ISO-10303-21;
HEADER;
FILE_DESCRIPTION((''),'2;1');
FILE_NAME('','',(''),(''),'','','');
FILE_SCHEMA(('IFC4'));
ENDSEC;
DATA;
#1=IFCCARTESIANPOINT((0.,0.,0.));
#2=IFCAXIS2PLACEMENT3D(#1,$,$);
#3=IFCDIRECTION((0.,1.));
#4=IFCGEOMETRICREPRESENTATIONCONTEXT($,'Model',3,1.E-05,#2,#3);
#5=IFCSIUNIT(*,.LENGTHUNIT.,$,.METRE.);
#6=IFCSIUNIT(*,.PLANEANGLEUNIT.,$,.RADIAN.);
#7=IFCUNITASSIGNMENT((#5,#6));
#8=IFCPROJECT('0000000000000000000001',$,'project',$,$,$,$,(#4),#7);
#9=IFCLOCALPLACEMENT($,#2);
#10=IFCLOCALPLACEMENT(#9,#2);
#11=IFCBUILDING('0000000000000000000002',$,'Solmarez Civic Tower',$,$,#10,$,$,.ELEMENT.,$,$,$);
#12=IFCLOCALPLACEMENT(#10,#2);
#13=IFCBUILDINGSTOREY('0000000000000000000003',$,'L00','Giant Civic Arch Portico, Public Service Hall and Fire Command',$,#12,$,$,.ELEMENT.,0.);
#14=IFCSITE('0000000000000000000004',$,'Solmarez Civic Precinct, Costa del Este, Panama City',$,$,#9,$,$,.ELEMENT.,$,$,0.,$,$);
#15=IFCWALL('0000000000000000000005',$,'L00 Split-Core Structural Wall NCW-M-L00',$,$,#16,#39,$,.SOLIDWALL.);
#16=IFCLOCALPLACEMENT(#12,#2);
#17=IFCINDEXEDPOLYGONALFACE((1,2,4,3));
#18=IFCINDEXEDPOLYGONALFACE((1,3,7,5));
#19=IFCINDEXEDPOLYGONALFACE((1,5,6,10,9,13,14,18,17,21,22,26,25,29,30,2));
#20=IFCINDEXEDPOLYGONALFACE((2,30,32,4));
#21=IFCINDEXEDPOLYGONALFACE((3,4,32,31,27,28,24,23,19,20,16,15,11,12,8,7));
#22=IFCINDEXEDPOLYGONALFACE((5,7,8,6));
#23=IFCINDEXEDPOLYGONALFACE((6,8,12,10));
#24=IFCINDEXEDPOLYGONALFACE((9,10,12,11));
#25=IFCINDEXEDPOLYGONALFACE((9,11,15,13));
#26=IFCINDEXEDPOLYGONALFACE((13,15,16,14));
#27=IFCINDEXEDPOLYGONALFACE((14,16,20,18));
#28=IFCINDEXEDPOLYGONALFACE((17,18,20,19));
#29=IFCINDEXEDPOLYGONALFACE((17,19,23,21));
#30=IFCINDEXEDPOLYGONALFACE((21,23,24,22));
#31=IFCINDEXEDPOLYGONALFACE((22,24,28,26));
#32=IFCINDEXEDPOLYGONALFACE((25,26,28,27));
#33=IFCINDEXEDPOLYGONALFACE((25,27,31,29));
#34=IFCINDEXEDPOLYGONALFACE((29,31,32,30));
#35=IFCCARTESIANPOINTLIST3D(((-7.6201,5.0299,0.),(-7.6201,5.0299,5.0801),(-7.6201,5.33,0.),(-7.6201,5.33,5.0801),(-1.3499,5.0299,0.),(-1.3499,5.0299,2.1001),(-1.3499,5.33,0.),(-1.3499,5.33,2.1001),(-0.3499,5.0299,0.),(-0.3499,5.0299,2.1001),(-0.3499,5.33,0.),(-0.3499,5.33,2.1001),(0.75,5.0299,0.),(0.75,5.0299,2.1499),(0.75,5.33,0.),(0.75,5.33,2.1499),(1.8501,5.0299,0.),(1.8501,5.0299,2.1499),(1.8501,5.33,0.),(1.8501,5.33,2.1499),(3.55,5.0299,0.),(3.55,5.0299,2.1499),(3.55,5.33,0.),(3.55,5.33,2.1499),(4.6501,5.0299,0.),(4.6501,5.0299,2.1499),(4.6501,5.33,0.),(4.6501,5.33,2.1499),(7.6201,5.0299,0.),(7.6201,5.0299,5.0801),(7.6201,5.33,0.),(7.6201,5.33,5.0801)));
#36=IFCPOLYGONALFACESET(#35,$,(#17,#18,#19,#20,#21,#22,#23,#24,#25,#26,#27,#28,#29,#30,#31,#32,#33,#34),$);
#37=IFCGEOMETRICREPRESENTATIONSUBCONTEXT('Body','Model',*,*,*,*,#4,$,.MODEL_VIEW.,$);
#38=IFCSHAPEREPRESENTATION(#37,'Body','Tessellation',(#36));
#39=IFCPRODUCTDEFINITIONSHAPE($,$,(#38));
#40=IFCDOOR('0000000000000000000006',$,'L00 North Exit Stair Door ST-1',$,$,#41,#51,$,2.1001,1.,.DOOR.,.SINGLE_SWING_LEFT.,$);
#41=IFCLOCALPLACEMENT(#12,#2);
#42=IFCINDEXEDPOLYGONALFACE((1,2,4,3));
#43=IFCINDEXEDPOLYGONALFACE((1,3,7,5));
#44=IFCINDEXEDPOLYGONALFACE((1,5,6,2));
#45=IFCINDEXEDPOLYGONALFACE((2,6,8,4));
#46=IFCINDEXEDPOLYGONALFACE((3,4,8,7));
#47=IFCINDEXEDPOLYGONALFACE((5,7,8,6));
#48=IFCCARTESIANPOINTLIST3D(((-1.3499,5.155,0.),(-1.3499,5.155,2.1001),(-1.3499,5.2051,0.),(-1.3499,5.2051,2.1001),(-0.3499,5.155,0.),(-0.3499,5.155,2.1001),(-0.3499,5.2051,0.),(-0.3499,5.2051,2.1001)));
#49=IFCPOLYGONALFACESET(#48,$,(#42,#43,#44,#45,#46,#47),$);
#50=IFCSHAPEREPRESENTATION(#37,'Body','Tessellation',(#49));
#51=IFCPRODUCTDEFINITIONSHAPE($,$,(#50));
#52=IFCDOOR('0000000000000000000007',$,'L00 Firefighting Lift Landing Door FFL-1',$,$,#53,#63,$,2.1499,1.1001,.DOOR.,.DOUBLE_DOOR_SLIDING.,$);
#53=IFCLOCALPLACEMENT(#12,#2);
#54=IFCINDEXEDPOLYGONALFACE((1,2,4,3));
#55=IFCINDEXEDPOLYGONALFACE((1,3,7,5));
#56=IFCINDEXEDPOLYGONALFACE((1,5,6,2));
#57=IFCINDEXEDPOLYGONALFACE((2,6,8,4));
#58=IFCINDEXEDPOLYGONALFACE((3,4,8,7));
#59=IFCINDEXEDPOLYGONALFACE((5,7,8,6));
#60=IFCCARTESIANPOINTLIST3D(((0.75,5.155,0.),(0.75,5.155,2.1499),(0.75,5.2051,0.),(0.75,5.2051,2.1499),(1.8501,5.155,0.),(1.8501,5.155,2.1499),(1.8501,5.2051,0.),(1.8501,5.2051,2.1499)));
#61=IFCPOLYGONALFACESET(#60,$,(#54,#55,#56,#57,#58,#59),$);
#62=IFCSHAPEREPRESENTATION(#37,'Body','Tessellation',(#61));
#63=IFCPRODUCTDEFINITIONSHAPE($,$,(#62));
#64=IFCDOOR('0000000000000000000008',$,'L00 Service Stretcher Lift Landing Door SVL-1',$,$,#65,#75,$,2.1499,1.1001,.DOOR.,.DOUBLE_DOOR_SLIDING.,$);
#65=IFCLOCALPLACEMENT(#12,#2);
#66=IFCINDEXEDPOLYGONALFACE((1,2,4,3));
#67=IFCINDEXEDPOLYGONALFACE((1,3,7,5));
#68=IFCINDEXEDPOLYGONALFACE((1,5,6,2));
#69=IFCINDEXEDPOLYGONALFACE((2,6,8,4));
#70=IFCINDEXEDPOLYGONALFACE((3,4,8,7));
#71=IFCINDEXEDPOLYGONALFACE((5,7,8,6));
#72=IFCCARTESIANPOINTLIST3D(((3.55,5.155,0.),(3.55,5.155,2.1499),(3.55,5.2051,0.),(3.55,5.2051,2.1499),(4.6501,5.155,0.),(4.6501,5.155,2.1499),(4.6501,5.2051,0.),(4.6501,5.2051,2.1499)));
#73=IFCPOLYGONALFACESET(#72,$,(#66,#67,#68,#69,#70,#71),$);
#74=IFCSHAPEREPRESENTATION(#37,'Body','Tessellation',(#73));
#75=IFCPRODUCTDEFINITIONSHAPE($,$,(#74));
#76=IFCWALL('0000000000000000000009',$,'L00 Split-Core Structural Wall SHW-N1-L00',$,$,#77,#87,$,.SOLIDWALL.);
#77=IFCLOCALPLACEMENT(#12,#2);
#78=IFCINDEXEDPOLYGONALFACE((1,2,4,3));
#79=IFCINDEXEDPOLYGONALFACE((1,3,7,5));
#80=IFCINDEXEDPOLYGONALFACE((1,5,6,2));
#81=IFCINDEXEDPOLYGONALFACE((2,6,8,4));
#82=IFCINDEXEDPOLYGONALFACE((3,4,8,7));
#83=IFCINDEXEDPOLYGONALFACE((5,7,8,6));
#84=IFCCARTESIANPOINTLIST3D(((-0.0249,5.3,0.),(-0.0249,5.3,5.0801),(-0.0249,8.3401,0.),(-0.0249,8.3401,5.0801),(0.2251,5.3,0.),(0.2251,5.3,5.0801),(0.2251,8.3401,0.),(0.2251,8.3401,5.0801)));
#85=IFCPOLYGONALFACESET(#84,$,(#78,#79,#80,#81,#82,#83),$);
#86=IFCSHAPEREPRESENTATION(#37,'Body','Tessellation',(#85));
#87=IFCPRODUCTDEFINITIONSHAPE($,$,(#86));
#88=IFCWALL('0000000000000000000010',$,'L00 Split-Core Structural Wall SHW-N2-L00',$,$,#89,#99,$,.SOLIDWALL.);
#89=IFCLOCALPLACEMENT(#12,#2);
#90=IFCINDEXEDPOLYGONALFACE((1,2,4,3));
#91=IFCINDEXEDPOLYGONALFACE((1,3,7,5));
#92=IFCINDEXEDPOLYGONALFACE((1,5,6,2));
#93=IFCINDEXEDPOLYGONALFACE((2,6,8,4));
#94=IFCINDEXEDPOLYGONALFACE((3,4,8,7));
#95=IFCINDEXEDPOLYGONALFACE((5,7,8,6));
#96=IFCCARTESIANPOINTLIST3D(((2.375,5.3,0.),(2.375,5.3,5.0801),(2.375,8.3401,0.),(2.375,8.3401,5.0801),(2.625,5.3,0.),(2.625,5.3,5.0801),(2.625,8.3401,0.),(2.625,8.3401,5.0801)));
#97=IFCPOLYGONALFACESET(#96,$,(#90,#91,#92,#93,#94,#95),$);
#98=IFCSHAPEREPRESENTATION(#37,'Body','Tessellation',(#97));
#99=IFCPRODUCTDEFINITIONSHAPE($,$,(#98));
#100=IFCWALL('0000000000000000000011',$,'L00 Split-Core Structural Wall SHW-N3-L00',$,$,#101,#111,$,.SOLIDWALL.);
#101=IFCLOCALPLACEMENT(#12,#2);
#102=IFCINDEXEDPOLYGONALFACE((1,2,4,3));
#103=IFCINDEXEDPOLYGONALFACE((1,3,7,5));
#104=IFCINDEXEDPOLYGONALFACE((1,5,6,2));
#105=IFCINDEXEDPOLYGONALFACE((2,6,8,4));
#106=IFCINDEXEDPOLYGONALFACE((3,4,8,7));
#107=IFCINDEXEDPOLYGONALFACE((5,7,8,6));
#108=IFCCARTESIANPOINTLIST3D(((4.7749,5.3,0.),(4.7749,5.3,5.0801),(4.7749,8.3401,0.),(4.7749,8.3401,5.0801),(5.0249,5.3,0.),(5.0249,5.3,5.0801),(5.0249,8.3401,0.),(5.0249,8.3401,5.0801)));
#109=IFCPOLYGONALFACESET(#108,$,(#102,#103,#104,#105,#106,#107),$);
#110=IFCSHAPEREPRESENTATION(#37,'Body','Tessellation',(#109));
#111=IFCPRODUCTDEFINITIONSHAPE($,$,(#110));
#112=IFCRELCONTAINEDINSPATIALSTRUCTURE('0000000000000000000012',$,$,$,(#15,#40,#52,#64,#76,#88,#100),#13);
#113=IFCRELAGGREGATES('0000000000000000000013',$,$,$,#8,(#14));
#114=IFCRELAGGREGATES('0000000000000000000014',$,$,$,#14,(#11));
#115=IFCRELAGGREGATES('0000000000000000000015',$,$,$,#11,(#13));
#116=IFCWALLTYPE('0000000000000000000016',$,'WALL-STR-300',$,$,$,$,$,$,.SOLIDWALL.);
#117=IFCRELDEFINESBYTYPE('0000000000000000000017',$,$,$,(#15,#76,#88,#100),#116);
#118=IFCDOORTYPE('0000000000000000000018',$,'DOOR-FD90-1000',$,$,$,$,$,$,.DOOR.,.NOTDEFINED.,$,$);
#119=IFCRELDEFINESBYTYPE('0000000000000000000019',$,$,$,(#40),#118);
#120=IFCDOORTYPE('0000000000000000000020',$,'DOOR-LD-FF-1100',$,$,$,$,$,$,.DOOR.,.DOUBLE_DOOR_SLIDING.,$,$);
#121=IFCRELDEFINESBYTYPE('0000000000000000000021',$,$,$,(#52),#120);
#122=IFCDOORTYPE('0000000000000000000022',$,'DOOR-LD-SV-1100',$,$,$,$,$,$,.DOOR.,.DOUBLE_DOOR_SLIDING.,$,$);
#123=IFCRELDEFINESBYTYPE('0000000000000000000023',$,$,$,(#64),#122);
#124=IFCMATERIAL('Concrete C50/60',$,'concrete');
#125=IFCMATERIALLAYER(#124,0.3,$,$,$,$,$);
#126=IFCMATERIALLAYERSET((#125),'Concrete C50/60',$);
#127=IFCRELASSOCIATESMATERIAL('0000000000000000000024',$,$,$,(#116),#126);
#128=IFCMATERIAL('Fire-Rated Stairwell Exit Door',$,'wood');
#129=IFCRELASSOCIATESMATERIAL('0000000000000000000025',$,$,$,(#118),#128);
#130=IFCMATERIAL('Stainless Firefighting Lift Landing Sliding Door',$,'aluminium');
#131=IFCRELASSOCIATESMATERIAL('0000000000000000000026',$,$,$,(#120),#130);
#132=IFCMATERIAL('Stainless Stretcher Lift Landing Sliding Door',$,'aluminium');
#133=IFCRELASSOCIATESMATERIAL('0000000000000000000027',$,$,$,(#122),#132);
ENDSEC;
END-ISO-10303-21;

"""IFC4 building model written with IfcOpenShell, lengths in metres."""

from ifc_helpers import new_model, si_unit, direction, frame, frame_2d, origin, place, context, subcontext, project, spatial, rectangle, extrude, material, layer, layer_set, type_object, element, fill, save


model = new_model("IFC4")

# Units and contexts
model_context = context("Model", 3, precision=1e-05, world=origin(), true_north=direction((0.0, 1.0)))
body_context = subcontext(model_context, "Body", "Model", "MODEL_VIEW")
ifc_project = project(units=[si_unit("LENGTHUNIT", "METRE"), si_unit("PLANEANGLEUNIT", "RADIAN")], contexts=[model_context])

# Site, building, storey
site_placement = place(None, origin())
site = spatial("IfcSite", under=ifc_project, at=site_placement, Name="Solmarez Civic Precinct, Costa del Este, Panama City", CompositionType="ELEMENT", RefElevation=0.0)
building_placement = place(site_placement, origin())
building = spatial("IfcBuilding", under=site, at=building_placement, Name="Solmarez Civic Tower", CompositionType="ELEMENT")
storey_placement = place(building_placement, origin())
storey = spatial("IfcBuildingStorey", under=building, at=storey_placement, Name="L00", Description="Giant Civic Arch Portico, Public Service Hall and Fire Command", CompositionType="ELEMENT", Elevation=0.0)

# Wall, openings, doors
ifc_material_1 = material(Name="Concrete C50/60", Category="concrete")
ifc_layer_1 = layer(ifc_material_1, 0.3)
ifc_layer_set_1 = layer_set([ifc_layer_1], Name="Concrete C50/60")
wall_type_1 = type_object("IfcWallType", Name="WALL-STR-300", PredefinedType="SOLIDWALL", material=ifc_layer_set_1)
wall_1_placement = place(storey_placement, frame((7.6201, 5.1799, 0.0), z_axis=(0.0, 0.0, 1.0), x_axis=(-1.0, 0.0, 0.0)))
wall_1 = element("IfcWall", 1, at=wall_1_placement, inside=storey, type_object=wall_type_1, Name="L00 Split-Core Structural Wall NCW-M-L00", PredefinedType="SOLIDWALL", context=body_context, shape_type="SweptSolid", body=[
    extrude(rectangle(XDim=15.2402, YDim=0.3, at=frame_2d((7.6201, 0.0))), origin(), (0.0, 0.0, 1.0), 5.0801),
])
opening_1_placement = place(wall_1_placement, frame((5.77, 0.0, 0.0)))
opening_1 = element("IfcOpeningElement", 2, at=opening_1_placement, cuts=wall_1, PredefinedType="OPENING", context=body_context, shape_type="SweptSolid", body=[
    extrude(rectangle(XDim=1.1001, YDim=2.1499, at=frame_2d((0.55, 1.075))), frame((0.0, 0.1599, 0.0), z_axis=(0.0, -1.0, 0.0), x_axis=(1.0, 0.0, 0.0)), (0.0, 0.0, 1.0), 0.3201),
])
opening_2_placement = place(wall_1_placement, frame((2.97, 0.0, 0.0)))
opening_2 = element("IfcOpeningElement", 3, at=opening_2_placement, cuts=wall_1, PredefinedType="OPENING", context=body_context, shape_type="SweptSolid", body=[
    extrude(rectangle(XDim=1.1001, YDim=2.1499, at=frame_2d((0.55, 1.075))), frame((0.0, 0.1599, 0.0), z_axis=(0.0, -1.0, 0.0), x_axis=(1.0, 0.0, 0.0)), (0.0, 0.0, 1.0), 0.3201),
])
opening_3_placement = place(wall_1_placement, frame((7.97, 0.0, 0.0)))
opening_3 = element("IfcOpeningElement", 4, at=opening_3_placement, cuts=wall_1, PredefinedType="OPENING", context=body_context, shape_type="SweptSolid", body=[
    extrude(rectangle(XDim=1.0, YDim=2.1001, at=frame_2d((0.5, 1.05))), frame((0.0, 0.1599, 0.0), z_axis=(0.0, -1.0, 0.0), x_axis=(1.0, 0.0, 0.0)), (0.0, 0.0, 1.0), 0.3201),
])
ifc_material_2 = material(Name="Fire-Rated Stairwell Exit Door", Category="wood")
door_type_1 = type_object("IfcDoorType", Name="DOOR-FD90-1000", OperationType="NOTDEFINED", PredefinedType="DOOR", material=ifc_material_2)
door_1_placement = place(opening_3_placement, origin())
door_1 = element("IfcDoor", 5, at=door_1_placement, inside=storey, type_object=door_type_1, Name="L00 North Exit Stair Door ST-1", OperationType="SINGLE_SWING_LEFT", OverallHeight=2.1001, OverallWidth=1.0, PredefinedType="DOOR", context=body_context, shape_type="SweptSolid", body=[
    extrude(rectangle(XDim=1.0, YDim=2.1001, at=frame_2d((0.5, 1.05))), frame((0.0, 0.0249, 0.0), z_axis=(0.0, -1.0, 0.0), x_axis=(1.0, 0.0, 0.0)), (0.0, 0.0, 1.0), 0.05),
])
fill(opening_3, door_1)
ifc_material_3 = material(Name="Stainless Firefighting Lift Landing Sliding Door", Category="aluminium")
door_type_2 = type_object("IfcDoorType", Name="DOOR-LD-FF-1100", OperationType="DOUBLE_DOOR_SLIDING", PredefinedType="DOOR", material=ifc_material_3)
door_2_placement = place(opening_1_placement, origin())
door_2 = element("IfcDoor", 6, at=door_2_placement, inside=storey, type_object=door_type_2, Name="L00 Firefighting Lift Landing Door FFL-1", OperationType="DOUBLE_DOOR_SLIDING", OverallHeight=2.1499, OverallWidth=1.1001, PredefinedType="DOOR", context=body_context, shape_type="SweptSolid", body=[
    extrude(rectangle(XDim=1.1001, YDim=2.1499, at=frame_2d((0.55, 1.075))), frame((0.0, 0.0249, 0.0), z_axis=(0.0, -1.0, 0.0), x_axis=(1.0, 0.0, 0.0)), (0.0, 0.0, 1.0), 0.05),
])
fill(opening_1, door_2)
ifc_material_4 = material(Name="Stainless Stretcher Lift Landing Sliding Door", Category="aluminium")
door_type_3 = type_object("IfcDoorType", Name="DOOR-LD-SV-1100", OperationType="DOUBLE_DOOR_SLIDING", PredefinedType="DOOR", material=ifc_material_4)
door_3_placement = place(opening_2_placement, origin())
door_3 = element("IfcDoor", 7, at=door_3_placement, inside=storey, type_object=door_type_3, Name="L00 Service Stretcher Lift Landing Door SVL-1", OperationType="DOUBLE_DOOR_SLIDING", OverallHeight=2.1499, OverallWidth=1.1001, PredefinedType="DOOR", context=body_context, shape_type="SweptSolid", body=[
    extrude(rectangle(XDim=1.1001, YDim=2.1499, at=frame_2d((0.55, 1.075))), frame((0.0, 0.0249, 0.0), z_axis=(0.0, -1.0, 0.0), x_axis=(1.0, 0.0, 0.0)), (0.0, 0.0, 1.0), 0.05),
])
fill(opening_2, door_3)

# Walls
for number, where, z_axis, x_axis, name in (
    (8, (0.1001, 5.3, 0.0), (0.0, 0.0, 1.0), (0.0, 1.0, 0.0), "L00 Split-Core Structural Wall SHW-N1-L00"),
    (9, (2.5, 5.3, 0.0), (0.0, 0.0, 1.0), (0.0, 1.0, 0.0), "L00 Split-Core Structural Wall SHW-N2-L00"),
    (10, (4.8999, 5.3, 0.0), (0.0, 0.0, 1.0), (0.0, 1.0, 0.0), "L00 Split-Core Structural Wall SHW-N3-L00"),
):
    element("IfcWall", number, at=place(storey_placement, frame(where, z_axis=z_axis, x_axis=x_axis)), inside=storey, type_object=wall_type_1, Name=name, PredefinedType="SOLIDWALL", context=body_context, shape_type="SweptSolid", body=[
        extrude(rectangle(XDim=3.04, YDim=0.25, at=frame_2d((1.52, 0.0))), origin(), (0.0, 0.0, 1.0), 5.0801),
    ])

save(model, "model.ifc")
